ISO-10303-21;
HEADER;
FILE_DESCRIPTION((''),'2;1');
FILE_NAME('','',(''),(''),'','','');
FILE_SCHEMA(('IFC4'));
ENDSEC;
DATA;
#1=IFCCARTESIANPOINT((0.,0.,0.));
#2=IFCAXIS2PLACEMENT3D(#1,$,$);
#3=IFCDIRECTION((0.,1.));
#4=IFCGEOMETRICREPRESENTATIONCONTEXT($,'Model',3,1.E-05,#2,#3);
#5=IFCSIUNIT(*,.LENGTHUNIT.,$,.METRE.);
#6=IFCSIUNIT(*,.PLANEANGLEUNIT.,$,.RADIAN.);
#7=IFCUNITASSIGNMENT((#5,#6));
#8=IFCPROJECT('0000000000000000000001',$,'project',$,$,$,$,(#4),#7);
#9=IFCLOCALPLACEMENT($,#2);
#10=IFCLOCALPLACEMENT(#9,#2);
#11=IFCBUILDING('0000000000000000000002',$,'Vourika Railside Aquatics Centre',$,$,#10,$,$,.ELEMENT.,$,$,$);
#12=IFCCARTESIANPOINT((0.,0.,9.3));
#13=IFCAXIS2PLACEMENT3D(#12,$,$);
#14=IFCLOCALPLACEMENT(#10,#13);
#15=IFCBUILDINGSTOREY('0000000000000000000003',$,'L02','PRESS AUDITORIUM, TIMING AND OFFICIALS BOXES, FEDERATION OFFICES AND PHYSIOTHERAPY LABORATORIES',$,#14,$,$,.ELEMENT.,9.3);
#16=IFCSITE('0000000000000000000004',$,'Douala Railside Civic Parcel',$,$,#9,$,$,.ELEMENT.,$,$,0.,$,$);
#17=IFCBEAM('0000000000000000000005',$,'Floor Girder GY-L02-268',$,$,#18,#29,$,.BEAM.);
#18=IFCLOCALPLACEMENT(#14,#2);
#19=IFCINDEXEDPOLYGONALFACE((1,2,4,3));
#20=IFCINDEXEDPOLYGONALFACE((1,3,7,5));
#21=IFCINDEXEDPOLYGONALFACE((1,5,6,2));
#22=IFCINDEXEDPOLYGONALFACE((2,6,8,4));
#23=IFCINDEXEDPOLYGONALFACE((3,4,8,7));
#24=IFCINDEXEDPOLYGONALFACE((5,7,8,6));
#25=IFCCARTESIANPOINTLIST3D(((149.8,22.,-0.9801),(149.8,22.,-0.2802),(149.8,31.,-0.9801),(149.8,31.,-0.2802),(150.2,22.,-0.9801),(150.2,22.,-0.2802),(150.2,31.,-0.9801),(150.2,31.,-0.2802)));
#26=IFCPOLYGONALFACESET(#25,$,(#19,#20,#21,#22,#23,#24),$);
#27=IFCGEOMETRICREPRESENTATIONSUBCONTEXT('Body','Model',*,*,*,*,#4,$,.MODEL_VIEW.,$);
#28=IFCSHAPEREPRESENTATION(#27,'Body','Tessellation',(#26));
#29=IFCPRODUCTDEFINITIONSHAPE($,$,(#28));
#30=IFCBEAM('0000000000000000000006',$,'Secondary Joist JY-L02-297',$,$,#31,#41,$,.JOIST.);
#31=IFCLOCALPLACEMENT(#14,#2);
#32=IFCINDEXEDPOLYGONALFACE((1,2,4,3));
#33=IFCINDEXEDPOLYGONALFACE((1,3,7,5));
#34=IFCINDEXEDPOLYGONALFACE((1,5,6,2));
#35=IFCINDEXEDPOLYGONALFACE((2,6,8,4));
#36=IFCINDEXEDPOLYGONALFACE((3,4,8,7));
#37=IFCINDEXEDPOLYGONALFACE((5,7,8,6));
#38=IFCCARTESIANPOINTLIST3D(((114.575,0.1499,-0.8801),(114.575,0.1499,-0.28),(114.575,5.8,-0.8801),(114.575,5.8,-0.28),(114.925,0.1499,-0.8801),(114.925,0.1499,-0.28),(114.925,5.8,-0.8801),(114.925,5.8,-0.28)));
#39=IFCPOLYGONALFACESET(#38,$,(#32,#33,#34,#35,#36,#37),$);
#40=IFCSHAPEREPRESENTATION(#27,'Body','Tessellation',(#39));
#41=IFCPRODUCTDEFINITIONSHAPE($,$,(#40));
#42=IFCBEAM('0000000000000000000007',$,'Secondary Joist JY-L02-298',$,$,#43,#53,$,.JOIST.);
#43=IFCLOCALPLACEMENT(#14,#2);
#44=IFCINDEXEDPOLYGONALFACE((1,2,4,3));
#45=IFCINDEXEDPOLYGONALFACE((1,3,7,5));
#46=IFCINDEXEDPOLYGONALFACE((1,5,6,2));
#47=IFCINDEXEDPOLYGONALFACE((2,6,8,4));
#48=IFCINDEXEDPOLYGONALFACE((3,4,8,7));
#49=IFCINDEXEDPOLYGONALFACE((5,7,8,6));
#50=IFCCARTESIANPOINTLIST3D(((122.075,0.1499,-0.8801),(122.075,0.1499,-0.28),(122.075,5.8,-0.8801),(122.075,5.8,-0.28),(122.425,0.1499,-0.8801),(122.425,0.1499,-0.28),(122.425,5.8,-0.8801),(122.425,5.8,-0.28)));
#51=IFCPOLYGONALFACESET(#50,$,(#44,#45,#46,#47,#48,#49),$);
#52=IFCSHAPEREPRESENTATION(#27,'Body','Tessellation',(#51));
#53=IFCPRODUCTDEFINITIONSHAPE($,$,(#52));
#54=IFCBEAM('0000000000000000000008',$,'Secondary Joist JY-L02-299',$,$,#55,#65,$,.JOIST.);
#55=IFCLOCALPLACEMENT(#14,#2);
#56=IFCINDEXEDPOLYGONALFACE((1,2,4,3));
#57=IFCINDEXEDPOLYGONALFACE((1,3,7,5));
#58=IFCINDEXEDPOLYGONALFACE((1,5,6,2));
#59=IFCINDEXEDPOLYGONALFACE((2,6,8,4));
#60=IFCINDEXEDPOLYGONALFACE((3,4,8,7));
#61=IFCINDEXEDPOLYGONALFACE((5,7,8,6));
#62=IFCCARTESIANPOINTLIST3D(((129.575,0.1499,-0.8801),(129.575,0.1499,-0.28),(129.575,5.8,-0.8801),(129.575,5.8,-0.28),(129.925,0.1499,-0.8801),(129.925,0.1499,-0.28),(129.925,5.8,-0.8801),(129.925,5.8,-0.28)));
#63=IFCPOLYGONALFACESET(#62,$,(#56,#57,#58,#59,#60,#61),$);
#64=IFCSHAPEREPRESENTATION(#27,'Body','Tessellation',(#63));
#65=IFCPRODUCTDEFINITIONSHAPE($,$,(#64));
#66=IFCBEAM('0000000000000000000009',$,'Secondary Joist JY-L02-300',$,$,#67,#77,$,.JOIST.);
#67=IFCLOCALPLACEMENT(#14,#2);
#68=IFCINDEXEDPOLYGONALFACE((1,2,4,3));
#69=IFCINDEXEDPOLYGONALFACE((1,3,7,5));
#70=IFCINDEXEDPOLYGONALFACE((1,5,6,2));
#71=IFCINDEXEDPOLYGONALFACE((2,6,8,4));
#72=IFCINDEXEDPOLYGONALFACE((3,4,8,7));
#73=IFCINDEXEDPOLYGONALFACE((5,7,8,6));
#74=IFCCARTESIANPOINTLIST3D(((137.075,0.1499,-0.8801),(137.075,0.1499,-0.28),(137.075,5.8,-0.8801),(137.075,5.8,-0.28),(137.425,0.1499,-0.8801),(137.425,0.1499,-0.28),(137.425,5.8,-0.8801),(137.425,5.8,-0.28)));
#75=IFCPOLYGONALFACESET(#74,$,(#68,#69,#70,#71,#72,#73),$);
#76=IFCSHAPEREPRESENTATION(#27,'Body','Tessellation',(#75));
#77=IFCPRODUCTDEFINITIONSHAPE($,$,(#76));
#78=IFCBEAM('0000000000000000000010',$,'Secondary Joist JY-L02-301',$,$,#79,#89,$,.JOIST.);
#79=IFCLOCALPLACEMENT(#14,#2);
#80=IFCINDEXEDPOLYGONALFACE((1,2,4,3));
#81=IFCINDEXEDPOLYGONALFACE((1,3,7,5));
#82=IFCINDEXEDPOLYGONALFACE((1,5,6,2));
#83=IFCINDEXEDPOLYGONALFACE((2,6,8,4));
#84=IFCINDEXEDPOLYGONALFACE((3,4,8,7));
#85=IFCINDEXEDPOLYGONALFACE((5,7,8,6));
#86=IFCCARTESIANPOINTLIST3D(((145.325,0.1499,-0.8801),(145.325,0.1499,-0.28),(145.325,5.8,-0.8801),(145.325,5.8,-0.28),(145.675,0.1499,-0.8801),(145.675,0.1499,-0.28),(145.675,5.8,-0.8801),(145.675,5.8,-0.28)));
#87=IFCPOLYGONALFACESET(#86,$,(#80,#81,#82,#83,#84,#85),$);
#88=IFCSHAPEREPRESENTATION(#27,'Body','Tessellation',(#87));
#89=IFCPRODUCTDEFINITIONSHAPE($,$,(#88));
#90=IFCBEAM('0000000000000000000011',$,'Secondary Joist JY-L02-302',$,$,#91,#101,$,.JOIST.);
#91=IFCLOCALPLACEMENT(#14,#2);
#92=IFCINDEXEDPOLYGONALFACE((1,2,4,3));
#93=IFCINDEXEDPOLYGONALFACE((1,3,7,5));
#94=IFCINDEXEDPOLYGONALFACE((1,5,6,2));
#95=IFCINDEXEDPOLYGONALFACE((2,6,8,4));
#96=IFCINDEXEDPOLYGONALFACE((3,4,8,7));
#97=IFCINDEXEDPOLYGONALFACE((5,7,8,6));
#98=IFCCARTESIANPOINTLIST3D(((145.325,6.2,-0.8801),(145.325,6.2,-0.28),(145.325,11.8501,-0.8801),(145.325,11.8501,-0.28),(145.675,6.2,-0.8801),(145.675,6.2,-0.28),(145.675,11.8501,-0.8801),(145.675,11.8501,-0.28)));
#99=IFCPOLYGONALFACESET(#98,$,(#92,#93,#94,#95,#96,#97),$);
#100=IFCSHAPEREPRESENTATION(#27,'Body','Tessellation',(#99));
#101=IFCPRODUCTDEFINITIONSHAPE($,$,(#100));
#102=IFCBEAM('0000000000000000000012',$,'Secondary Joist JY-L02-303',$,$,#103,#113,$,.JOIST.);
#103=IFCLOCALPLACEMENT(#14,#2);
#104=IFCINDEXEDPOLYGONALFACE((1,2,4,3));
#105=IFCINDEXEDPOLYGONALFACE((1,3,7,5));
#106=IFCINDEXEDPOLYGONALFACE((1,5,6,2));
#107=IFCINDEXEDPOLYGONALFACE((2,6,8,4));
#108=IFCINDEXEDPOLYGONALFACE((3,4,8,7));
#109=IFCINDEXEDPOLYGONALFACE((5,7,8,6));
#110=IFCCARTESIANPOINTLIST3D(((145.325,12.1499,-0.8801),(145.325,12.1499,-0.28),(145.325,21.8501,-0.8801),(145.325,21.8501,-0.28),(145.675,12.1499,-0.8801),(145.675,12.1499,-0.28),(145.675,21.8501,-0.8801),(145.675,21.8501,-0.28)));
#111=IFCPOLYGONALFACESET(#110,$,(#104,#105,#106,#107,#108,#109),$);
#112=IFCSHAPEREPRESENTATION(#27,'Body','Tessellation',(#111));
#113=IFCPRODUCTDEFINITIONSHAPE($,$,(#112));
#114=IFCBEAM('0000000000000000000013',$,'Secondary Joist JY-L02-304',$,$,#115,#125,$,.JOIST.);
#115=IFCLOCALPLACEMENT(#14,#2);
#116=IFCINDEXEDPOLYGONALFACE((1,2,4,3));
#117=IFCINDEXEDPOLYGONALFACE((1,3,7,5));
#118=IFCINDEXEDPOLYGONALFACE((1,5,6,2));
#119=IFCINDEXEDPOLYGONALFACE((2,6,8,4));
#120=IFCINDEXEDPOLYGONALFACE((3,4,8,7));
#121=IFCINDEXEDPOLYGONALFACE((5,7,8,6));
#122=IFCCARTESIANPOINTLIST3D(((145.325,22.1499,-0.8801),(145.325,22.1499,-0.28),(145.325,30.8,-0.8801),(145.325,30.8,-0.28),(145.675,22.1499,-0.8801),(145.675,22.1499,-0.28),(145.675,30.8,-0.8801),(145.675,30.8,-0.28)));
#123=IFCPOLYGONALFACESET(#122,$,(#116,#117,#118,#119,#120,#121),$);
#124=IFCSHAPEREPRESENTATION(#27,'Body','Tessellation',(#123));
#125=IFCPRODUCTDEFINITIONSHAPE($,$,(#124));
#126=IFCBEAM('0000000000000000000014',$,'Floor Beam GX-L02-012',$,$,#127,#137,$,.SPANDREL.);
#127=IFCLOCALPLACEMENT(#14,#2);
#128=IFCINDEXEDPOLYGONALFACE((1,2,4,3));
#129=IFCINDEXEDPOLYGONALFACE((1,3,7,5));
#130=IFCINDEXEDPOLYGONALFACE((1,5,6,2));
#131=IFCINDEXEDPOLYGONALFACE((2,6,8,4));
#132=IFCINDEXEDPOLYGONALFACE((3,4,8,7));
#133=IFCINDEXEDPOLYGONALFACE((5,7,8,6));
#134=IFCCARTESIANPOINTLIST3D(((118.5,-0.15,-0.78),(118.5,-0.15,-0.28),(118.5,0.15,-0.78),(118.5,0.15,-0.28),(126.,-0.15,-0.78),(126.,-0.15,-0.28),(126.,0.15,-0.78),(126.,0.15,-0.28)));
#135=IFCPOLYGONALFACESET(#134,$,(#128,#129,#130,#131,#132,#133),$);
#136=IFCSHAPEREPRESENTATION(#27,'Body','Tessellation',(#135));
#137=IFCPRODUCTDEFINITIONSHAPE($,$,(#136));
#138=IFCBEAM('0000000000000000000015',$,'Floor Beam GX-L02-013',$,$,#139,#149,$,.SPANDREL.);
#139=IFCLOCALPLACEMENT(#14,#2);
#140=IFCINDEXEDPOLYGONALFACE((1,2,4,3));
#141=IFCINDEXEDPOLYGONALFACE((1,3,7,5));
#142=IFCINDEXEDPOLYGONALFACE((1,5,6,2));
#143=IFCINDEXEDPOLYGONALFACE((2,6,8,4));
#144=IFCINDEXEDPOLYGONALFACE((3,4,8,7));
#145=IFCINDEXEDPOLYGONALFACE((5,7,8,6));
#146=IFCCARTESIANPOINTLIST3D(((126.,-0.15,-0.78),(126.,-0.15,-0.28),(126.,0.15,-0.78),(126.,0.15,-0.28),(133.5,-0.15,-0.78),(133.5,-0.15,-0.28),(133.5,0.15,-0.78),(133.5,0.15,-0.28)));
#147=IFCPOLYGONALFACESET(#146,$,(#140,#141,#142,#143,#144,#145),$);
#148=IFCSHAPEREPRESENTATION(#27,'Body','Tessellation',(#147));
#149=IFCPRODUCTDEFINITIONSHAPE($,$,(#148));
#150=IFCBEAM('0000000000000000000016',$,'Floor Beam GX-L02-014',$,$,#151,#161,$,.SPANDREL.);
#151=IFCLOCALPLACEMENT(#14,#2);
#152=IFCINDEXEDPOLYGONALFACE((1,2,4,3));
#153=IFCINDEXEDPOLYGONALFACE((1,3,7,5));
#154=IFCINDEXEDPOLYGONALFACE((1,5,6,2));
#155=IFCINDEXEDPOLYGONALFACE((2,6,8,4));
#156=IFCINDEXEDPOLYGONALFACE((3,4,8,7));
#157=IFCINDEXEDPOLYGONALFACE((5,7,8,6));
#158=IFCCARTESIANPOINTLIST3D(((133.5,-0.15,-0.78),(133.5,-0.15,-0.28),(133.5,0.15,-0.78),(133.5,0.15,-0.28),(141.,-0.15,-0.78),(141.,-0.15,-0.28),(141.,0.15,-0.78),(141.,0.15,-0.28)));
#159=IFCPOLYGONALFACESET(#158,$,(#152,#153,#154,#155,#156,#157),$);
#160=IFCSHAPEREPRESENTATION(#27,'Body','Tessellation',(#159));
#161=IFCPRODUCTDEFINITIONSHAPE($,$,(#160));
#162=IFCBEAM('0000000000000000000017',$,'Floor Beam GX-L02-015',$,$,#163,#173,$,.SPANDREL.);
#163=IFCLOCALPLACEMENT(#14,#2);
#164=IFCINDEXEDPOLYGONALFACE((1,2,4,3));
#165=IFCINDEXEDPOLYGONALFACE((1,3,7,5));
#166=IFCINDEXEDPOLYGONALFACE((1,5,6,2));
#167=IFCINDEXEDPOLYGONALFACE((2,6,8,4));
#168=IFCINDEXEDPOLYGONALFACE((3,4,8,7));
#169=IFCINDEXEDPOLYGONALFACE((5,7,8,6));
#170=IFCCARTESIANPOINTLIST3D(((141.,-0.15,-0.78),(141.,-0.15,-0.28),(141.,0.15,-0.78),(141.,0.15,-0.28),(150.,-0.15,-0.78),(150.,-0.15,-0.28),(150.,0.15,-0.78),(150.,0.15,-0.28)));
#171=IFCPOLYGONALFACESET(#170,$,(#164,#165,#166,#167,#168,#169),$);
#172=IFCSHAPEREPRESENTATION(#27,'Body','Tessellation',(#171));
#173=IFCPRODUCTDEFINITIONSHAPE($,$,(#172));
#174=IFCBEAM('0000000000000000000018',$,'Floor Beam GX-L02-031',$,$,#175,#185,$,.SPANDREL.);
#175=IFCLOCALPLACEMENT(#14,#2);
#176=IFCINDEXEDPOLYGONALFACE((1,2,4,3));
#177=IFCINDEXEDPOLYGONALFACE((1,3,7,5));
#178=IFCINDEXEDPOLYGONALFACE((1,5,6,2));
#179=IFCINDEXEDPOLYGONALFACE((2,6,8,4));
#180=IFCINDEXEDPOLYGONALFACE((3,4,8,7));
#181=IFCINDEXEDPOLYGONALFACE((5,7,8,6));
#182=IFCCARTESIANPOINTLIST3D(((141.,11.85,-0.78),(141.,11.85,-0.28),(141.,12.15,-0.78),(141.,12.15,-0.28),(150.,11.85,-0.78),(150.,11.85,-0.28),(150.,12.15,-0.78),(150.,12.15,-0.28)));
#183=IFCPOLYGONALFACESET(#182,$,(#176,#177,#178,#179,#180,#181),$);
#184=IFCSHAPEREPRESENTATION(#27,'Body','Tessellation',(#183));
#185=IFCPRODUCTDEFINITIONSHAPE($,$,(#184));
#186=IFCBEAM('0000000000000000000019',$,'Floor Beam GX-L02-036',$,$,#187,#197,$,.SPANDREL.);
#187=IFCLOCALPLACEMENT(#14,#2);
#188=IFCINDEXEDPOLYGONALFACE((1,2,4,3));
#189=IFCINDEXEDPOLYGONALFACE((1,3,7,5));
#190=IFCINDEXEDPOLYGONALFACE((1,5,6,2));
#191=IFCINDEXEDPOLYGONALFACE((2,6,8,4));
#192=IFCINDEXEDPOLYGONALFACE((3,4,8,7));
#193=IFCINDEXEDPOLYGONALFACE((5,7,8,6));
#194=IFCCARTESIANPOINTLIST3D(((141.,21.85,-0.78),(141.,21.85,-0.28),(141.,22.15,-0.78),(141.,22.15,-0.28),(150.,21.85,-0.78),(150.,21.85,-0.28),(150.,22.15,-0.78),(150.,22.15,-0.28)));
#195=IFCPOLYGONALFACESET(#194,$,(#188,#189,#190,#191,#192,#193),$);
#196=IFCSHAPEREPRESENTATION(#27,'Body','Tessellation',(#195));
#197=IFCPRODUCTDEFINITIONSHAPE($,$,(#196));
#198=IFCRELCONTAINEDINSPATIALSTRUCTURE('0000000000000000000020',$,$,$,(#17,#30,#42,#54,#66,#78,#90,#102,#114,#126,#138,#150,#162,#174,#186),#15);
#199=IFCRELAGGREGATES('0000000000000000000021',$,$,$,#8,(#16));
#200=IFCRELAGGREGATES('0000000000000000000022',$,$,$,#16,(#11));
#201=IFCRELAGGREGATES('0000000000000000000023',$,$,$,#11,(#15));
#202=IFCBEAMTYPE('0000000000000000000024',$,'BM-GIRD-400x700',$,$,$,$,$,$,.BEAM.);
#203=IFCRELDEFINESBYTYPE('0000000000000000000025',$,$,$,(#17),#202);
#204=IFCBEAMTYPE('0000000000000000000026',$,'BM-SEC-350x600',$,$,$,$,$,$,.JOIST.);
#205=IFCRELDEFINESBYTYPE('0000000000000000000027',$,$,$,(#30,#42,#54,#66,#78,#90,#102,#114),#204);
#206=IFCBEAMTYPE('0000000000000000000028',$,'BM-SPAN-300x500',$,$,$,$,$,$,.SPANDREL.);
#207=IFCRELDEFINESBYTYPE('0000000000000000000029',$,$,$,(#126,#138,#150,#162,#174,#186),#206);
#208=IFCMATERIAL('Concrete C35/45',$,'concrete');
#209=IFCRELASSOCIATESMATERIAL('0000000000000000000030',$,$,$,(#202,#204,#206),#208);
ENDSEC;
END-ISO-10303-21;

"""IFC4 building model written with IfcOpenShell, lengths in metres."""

from ifc_helpers import new_model, si_unit, direction, frame, origin, origin_2d, place, context, subcontext, project, spatial, rectangle, extrude, material, material_profile, profile_set, type_object, element, save


model = new_model("IFC4")

# Units and contexts
model_context = context("Model", 3, precision=1e-05, world=origin(), true_north=direction((0.0, 1.0)))
body_context = subcontext(model_context, "Body", "Model", "MODEL_VIEW")
ifc_project = project(units=[si_unit("LENGTHUNIT", "METRE"), si_unit("PLANEANGLEUNIT", "RADIAN")], contexts=[model_context])

# Site, building, storey
site_placement = place(None, origin())
site = spatial("IfcSite", under=ifc_project, at=site_placement, Name="Douala Railside Civic Parcel", CompositionType="ELEMENT", RefElevation=0.0)
building_placement = place(site_placement, origin())
building = spatial("IfcBuilding", under=site, at=building_placement, Name="Vourika Railside Aquatics Centre", CompositionType="ELEMENT")
storey_placement = place(building_placement, frame((0.0, 0.0, 9.3)))
storey = spatial("IfcBuildingStorey", under=building, at=storey_placement, Name="L02", Description="PRESS AUDITORIUM, TIMING AND OFFICIALS BOXES, FEDERATION OFFICES AND PHYSIOTHERAPY LABORATORIES", CompositionType="ELEMENT", Elevation=9.3)

# Beams
ifc_material = material(Name="Concrete C35/45", Category="concrete")
ifc_material_profile_1 = material_profile(ifc_material, rectangle(XDim=0.3999, YDim=0.7, at=origin_2d()), Name="RC 400x700")
ifc_profile_set_1 = profile_set([ifc_material_profile_1], Name="Concrete C35/45")
beam_type_1 = type_object("IfcBeamType", Name="BM-GIRD-400x700", PredefinedType="BEAM", material=ifc_profile_set_1)
beam_1_placement = place(storey_placement, frame((150.0, 22.0, -0.6301), z_axis=(0.0, 1.0, 0.0), x_axis=(-1.0, 0.0, 0.0)))
element("IfcBeam", 1, at=beam_1_placement, inside=storey, type_object=beam_type_1, Name="Floor Girder GY-L02-268", PredefinedType="BEAM", context=body_context, shape_type="SweptSolid", body=[
    extrude(rectangle(XDim=0.3999, YDim=0.7, at=origin_2d()), origin(), (0.0, 0.0, 1.0), 9.0),
])
ifc_material_profile_2 = material_profile(ifc_material, rectangle(XDim=0.3501, YDim=0.6001, at=origin_2d()), Name="RC 350x600")
ifc_profile_set_2 = profile_set([ifc_material_profile_2], Name="Concrete C35/45")
beam_type_2 = type_object("IfcBeamType", Name="BM-SEC-350x600", PredefinedType="JOIST", material=ifc_profile_set_2)
for number, where, z_axis, x_axis, name in (
    (2, (114.75, 0.1499, -0.5801), (0.0, 1.0, 0.0), (-1.0, 0.0, 0.0), "Secondary Joist JY-L02-297"),
    (3, (122.25, 0.1499, -0.5801), (0.0, 1.0, 0.0), (-1.0, 0.0, 0.0), "Secondary Joist JY-L02-298"),
    (4, (129.75, 0.1499, -0.5801), (0.0, 1.0, 0.0), (-1.0, 0.0, 0.0), "Secondary Joist JY-L02-299"),
    (5, (137.25, 0.1499, -0.5801), (0.0, 1.0, 0.0), (-1.0, 0.0, 0.0), "Secondary Joist JY-L02-300"),
    (6, (145.5, 0.1499, -0.5801), (0.0, 1.0, 0.0), (-1.0, 0.0, 0.0), "Secondary Joist JY-L02-301"),
    (7, (145.5, 6.2, -0.5801), (0.0, 1.0, 0.0), (-1.0, 0.0, 0.0), "Secondary Joist JY-L02-302"),
):
    element("IfcBeam", number, at=place(storey_placement, frame(where, z_axis=z_axis, x_axis=x_axis)), inside=storey, type_object=beam_type_2, Name=name, PredefinedType="JOIST", context=body_context, shape_type="SweptSolid", body=[
        extrude(rectangle(XDim=0.3501, YDim=0.6001, at=origin_2d()), origin(), (0.0, 0.0, 1.0), 5.6501),
    ])
beam_2_placement = place(storey_placement, frame((145.5, 12.1499, -0.5801), z_axis=(0.0, 1.0, 0.0), x_axis=(-1.0, 0.0, 0.0)))
element("IfcBeam", 8, at=beam_2_placement, inside=storey, type_object=beam_type_2, Name="Secondary Joist JY-L02-303", PredefinedType="JOIST", context=body_context, shape_type="SweptSolid", body=[
    extrude(rectangle(XDim=0.3501, YDim=0.6001, at=origin_2d()), origin(), (0.0, 0.0, 1.0), 9.7002),
])
beam_3_placement = place(storey_placement, frame((145.5, 22.1499, -0.5801), z_axis=(0.0, 1.0, 0.0), x_axis=(-1.0, 0.0, 0.0)))
element("IfcBeam", 9, at=beam_3_placement, inside=storey, type_object=beam_type_2, Name="Secondary Joist JY-L02-304", PredefinedType="JOIST", context=body_context, shape_type="SweptSolid", body=[
    extrude(rectangle(XDim=0.3501, YDim=0.6001, at=origin_2d()), origin(), (0.0, 0.0, 1.0), 8.6501),
])
ifc_material_profile_3 = material_profile(ifc_material, rectangle(XDim=0.3, YDim=0.5, at=origin_2d()), Name="RC 300x500")
ifc_profile_set_3 = profile_set([ifc_material_profile_3], Name="Concrete C35/45")
beam_type_3 = type_object("IfcBeamType", Name="BM-SPAN-300x500", PredefinedType="SPANDREL", material=ifc_profile_set_3)
for number, where, z_axis, x_axis, name in (
    (10, (118.5, 0.0, -0.53), (1.0, 0.0, 0.0), (0.0, 1.0, 0.0), "Floor Beam GX-L02-012"),
    (11, (126.0, 0.0, -0.53), (1.0, 0.0, 0.0), (0.0, 1.0, 0.0), "Floor Beam GX-L02-013"),
    (12, (133.5, 0.0, -0.53), (1.0, 0.0, 0.0), (0.0, 1.0, 0.0), "Floor Beam GX-L02-014"),
):
    element("IfcBeam", number, at=place(storey_placement, frame(where, z_axis=z_axis, x_axis=x_axis)), inside=storey, type_object=beam_type_3, Name=name, PredefinedType="SPANDREL", context=body_context, shape_type="SweptSolid", body=[
        extrude(rectangle(XDim=0.3, YDim=0.5, at=origin_2d()), origin(), (0.0, 0.0, 1.0), 7.5),
    ])
for number, where, z_axis, x_axis, name in (
    (13, (141.0, 0.0, -0.53), (1.0, 0.0, 0.0), (0.0, 1.0, 0.0), "Floor Beam GX-L02-015"),
    (14, (141.0, 12.0, -0.53), (1.0, 0.0, 0.0), (0.0, 1.0, 0.0), "Floor Beam GX-L02-031"),
    (15, (141.0, 22.0, -0.53), (1.0, 0.0, 0.0), (0.0, 1.0, 0.0), "Floor Beam GX-L02-036"),
):
    element("IfcBeam", number, at=place(storey_placement, frame(where, z_axis=z_axis, x_axis=x_axis)), inside=storey, type_object=beam_type_3, Name=name, PredefinedType="SPANDREL", context=body_context, shape_type="SweptSolid", body=[
        extrude(rectangle(XDim=0.3, YDim=0.5, at=origin_2d()), origin(), (0.0, 0.0, 1.0), 9.0),
    ])

save(model, "model.ifc")
